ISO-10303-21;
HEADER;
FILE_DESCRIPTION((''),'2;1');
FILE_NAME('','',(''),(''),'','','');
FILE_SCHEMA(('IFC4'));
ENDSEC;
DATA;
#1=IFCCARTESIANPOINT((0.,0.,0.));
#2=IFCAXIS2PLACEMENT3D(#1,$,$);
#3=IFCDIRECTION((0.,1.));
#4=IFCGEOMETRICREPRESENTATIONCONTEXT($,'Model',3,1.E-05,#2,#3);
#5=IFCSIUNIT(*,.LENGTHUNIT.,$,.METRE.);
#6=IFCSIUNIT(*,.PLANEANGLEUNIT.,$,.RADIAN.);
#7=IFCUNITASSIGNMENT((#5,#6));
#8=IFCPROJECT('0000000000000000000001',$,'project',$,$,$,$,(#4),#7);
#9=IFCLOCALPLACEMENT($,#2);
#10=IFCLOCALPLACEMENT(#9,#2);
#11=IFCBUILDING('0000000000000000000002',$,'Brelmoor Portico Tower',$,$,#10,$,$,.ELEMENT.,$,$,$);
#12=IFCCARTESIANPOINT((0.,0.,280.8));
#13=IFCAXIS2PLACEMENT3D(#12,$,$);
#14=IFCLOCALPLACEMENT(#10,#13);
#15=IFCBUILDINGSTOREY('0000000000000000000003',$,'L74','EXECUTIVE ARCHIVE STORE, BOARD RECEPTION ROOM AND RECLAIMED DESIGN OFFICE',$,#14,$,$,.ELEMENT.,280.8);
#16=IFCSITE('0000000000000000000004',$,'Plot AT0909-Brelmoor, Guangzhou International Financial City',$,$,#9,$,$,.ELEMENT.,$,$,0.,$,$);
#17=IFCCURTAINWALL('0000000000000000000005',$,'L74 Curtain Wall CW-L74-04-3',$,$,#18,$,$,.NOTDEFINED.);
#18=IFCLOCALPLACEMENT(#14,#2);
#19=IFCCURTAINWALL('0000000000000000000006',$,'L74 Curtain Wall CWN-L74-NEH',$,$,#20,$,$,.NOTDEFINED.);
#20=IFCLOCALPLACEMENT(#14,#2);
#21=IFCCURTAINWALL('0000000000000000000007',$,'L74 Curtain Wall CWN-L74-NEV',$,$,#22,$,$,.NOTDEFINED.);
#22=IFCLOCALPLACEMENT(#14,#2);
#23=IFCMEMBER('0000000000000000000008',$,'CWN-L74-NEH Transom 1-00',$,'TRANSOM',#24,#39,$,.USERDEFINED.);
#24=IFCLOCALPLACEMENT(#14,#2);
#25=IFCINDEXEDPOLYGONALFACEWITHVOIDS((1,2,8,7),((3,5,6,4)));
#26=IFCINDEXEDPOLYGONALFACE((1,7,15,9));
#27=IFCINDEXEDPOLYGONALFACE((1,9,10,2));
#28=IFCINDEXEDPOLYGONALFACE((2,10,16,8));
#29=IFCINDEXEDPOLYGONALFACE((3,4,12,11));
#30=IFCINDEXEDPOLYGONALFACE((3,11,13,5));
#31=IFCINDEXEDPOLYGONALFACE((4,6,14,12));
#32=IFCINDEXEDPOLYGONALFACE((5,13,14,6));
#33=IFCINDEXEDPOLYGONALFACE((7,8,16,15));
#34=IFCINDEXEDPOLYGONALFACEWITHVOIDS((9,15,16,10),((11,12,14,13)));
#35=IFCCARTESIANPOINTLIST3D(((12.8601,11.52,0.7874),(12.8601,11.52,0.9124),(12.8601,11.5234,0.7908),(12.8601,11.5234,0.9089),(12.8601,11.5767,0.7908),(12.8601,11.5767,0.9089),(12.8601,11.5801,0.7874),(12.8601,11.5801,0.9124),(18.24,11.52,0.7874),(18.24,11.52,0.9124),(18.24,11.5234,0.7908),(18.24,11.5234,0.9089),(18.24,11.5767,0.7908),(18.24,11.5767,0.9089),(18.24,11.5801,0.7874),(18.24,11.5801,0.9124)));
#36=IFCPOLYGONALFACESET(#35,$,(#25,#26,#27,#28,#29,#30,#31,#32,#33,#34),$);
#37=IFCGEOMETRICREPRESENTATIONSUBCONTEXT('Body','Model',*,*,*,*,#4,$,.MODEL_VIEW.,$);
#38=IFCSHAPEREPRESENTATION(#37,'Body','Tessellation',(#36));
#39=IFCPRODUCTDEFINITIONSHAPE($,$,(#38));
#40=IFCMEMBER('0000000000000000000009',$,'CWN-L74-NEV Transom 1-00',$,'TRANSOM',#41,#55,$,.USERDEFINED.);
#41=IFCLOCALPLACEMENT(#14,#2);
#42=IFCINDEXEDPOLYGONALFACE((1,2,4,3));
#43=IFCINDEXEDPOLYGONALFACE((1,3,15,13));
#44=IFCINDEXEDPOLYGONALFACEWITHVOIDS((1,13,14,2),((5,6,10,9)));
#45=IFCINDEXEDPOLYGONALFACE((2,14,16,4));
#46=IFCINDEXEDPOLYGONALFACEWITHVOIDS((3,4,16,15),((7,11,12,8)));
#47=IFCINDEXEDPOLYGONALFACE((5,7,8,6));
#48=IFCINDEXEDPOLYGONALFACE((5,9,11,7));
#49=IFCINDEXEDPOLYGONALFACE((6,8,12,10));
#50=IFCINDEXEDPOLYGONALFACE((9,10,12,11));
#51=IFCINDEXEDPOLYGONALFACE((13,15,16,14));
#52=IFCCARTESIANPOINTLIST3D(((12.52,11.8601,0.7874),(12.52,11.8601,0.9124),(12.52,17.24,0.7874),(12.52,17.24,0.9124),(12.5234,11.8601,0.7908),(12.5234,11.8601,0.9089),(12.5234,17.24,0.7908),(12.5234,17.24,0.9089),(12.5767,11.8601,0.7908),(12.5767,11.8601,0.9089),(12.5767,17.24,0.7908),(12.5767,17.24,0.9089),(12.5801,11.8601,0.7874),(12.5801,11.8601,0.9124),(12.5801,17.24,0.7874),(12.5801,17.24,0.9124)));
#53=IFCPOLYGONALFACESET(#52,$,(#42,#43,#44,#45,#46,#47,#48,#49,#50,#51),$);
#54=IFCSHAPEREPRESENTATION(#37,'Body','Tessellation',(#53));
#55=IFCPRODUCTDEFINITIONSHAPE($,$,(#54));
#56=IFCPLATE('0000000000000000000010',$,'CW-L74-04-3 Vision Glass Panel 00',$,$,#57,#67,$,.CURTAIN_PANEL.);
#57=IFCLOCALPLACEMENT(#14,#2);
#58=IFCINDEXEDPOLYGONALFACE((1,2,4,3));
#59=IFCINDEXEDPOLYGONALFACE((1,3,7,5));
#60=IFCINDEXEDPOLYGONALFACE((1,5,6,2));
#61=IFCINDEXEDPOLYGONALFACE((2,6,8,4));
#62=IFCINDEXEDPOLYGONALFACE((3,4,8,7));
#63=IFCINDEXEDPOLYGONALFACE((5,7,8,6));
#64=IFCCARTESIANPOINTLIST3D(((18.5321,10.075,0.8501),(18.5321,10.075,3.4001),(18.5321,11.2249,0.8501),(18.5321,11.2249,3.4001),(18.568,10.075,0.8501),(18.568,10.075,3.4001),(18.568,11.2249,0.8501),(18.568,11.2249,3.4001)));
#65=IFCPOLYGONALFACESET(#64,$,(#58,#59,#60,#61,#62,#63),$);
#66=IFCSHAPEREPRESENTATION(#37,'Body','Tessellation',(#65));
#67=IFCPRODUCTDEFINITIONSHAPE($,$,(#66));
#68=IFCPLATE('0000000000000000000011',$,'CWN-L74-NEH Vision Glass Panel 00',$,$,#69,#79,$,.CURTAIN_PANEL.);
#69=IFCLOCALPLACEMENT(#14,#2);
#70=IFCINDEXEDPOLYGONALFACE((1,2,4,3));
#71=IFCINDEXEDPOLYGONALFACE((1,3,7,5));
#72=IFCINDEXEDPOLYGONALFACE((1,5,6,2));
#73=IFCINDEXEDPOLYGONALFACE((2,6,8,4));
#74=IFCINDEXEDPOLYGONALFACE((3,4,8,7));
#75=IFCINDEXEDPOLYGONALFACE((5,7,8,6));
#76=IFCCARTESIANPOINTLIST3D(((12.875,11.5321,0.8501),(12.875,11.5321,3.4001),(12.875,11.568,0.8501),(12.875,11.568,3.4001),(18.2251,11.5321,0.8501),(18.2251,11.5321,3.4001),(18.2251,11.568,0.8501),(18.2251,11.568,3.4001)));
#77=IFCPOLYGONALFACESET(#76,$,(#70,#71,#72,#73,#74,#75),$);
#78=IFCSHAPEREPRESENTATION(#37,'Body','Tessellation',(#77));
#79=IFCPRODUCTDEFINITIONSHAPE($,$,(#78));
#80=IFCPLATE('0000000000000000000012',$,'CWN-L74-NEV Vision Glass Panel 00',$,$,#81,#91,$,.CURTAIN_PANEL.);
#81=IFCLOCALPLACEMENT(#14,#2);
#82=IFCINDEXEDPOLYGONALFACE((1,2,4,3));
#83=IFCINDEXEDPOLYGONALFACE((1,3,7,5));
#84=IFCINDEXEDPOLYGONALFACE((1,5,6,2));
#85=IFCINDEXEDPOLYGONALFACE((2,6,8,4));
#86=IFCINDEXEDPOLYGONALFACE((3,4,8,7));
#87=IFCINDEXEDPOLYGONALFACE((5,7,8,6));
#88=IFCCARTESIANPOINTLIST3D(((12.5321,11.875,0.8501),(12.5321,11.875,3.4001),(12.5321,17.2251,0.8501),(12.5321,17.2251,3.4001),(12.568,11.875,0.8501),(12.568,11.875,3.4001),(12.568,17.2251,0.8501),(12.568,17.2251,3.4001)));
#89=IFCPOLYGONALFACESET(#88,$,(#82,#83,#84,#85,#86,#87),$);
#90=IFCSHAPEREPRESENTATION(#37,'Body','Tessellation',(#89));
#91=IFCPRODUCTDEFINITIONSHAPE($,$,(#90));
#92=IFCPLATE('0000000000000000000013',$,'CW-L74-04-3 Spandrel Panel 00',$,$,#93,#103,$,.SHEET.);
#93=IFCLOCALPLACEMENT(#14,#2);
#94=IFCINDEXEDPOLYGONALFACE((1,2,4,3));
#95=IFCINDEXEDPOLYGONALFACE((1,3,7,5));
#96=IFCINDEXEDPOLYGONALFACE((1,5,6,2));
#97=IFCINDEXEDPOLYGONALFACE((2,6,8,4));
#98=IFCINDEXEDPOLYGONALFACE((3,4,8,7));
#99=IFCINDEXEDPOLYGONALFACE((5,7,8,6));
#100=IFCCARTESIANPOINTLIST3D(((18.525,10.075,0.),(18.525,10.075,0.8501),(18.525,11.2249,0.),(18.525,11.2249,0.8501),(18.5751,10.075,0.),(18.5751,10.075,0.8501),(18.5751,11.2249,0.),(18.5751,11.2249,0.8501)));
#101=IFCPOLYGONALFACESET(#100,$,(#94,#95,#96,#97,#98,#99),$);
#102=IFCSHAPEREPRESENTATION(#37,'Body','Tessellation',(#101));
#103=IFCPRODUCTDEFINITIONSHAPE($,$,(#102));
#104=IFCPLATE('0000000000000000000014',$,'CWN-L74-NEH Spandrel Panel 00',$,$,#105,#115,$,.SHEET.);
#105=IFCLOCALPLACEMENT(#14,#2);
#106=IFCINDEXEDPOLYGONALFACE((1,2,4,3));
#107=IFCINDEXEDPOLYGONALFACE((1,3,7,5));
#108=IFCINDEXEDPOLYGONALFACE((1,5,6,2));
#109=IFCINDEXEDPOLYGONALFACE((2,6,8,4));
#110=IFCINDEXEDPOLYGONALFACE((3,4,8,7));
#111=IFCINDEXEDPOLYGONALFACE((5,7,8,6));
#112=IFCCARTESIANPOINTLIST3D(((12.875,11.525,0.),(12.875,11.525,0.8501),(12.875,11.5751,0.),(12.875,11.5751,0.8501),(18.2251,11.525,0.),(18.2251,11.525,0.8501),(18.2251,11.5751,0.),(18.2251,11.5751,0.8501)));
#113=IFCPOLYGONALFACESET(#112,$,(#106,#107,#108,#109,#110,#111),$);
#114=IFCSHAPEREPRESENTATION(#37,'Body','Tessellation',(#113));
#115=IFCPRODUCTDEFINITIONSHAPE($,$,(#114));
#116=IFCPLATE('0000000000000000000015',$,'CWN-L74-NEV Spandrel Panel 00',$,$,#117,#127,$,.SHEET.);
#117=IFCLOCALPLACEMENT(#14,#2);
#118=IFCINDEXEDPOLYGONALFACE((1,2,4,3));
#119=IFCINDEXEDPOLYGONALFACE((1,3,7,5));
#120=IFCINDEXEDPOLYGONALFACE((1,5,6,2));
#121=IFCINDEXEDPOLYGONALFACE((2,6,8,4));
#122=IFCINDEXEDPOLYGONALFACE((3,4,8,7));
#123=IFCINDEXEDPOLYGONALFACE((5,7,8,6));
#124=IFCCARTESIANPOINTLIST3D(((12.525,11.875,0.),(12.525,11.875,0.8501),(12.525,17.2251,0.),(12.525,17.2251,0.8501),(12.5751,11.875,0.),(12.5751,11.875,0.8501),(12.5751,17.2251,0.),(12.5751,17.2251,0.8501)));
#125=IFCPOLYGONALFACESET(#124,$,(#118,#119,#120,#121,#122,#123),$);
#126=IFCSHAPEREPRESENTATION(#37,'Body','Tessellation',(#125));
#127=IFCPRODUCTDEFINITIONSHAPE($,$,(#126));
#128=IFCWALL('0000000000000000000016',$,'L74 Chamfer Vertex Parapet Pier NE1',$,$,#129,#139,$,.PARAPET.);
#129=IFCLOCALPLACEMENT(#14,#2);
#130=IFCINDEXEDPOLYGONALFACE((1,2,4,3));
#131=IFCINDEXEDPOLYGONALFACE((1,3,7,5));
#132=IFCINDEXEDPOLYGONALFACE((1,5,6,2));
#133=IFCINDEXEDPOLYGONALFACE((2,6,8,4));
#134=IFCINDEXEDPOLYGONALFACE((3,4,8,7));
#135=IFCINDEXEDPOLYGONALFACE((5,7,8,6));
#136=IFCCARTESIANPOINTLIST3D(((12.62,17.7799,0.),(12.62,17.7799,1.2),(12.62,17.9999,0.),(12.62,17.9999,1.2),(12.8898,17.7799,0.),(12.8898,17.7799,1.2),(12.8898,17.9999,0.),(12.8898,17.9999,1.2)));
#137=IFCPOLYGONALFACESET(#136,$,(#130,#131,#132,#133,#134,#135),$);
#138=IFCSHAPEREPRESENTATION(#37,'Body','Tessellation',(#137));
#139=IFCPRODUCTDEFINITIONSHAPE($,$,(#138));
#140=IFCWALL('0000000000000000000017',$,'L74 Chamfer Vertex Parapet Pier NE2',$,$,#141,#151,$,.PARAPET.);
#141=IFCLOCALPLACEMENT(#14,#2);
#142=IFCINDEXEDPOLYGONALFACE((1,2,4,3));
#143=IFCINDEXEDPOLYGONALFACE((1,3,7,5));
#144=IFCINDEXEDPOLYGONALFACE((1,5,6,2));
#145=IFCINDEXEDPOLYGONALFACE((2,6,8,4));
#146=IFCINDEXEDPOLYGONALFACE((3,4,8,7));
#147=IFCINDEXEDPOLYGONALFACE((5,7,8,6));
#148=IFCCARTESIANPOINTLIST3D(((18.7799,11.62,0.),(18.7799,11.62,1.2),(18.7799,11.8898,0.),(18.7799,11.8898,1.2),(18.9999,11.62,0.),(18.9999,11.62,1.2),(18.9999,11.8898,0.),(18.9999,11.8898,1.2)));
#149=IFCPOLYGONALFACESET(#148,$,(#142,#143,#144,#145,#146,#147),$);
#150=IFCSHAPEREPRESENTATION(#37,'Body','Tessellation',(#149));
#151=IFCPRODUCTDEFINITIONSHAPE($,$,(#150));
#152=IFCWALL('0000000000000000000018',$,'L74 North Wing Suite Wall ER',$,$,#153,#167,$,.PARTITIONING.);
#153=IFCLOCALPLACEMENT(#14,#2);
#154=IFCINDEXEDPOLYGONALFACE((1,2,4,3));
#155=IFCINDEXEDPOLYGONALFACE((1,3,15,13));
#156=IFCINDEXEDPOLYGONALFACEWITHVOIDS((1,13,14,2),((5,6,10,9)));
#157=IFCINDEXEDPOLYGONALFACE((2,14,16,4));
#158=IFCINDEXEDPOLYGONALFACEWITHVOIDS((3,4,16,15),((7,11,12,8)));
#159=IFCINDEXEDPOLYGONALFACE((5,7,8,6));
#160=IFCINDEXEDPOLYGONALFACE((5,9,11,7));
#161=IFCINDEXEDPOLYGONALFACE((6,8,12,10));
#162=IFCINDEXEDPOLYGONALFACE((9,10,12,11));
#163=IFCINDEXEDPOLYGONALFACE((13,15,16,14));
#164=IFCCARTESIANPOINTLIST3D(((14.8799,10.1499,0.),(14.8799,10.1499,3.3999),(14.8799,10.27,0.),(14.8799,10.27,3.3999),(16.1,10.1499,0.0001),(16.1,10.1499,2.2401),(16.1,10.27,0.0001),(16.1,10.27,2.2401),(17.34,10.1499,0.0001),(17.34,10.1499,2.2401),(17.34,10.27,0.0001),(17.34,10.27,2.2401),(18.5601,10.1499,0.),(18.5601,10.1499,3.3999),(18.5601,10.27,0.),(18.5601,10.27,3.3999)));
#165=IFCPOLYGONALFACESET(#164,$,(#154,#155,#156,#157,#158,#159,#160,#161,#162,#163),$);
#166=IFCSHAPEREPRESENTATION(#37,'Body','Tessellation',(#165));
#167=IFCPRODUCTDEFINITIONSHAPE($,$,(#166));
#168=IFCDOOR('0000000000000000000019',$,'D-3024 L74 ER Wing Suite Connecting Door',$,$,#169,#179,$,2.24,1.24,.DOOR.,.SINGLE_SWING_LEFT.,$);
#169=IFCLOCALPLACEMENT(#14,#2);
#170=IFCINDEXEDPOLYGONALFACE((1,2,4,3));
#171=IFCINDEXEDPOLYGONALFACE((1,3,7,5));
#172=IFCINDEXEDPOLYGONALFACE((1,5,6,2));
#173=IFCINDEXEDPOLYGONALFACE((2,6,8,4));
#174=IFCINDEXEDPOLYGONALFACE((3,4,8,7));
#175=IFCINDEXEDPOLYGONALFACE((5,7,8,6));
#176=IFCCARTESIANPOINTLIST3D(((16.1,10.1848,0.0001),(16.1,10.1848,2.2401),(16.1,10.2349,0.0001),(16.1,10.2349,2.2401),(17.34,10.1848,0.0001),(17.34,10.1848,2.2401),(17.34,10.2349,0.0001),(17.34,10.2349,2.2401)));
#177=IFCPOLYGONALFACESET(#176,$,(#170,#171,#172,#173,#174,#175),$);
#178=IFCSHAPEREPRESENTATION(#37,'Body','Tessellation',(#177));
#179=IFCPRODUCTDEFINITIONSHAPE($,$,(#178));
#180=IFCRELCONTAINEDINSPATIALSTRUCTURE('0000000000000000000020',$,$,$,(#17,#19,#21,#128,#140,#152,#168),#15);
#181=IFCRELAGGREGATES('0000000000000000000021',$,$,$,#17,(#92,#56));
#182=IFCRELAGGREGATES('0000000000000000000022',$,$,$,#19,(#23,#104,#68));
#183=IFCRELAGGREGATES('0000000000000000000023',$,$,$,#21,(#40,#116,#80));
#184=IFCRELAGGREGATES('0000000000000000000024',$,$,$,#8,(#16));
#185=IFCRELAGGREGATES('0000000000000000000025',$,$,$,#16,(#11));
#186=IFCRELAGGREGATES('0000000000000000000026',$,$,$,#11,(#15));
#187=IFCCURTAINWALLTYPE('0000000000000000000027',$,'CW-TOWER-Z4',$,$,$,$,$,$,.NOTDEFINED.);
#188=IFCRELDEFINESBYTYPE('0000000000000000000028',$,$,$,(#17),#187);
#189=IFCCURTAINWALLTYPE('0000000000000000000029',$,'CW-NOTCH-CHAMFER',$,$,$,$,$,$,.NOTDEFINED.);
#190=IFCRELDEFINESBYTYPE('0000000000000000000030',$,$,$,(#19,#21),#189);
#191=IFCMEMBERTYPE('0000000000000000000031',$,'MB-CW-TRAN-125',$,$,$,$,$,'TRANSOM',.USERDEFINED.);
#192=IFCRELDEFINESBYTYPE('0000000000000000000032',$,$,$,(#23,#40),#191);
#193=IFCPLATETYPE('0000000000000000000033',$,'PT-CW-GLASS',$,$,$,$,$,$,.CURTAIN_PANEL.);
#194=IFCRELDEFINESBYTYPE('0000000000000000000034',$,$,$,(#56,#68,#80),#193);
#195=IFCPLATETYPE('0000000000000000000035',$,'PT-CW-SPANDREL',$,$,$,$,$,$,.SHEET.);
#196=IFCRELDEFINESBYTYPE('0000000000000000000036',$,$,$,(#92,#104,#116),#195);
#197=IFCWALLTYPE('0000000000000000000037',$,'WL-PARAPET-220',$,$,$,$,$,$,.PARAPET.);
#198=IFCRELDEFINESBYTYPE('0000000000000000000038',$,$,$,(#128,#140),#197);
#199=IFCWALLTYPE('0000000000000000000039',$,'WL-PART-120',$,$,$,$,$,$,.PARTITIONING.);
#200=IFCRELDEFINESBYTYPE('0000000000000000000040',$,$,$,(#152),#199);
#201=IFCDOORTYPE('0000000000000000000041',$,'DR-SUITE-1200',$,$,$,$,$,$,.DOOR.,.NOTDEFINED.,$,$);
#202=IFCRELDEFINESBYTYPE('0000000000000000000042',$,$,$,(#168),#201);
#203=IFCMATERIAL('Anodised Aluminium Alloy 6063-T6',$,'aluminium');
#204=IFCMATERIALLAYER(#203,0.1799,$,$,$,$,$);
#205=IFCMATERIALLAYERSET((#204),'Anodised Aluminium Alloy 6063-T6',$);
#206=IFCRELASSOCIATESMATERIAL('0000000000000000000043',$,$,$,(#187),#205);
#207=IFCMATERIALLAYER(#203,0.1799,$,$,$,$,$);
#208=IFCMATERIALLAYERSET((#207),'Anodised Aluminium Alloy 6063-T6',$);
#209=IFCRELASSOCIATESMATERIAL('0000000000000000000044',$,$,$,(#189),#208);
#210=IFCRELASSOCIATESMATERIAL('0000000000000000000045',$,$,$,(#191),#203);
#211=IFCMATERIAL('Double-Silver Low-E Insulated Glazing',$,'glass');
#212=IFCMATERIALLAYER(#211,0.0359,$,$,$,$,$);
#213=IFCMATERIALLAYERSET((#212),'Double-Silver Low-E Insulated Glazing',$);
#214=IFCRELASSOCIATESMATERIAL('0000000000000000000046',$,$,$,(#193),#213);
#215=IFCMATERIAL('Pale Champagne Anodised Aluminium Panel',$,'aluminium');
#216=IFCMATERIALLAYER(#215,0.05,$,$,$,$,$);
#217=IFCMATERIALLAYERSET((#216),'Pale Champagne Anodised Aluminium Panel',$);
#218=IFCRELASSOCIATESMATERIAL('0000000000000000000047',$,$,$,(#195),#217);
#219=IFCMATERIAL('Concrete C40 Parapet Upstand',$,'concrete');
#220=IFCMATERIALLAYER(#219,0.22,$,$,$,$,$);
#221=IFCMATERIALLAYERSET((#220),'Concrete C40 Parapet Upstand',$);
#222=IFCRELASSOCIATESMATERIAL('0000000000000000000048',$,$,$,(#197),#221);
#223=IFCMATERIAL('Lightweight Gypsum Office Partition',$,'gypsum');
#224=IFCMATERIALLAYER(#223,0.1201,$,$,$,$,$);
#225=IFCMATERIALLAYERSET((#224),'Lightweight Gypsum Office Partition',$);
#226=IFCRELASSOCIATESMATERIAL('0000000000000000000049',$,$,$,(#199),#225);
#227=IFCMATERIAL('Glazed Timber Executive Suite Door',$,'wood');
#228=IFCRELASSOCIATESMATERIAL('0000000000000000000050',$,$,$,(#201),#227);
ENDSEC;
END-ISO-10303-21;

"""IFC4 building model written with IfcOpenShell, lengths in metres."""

from ifc_helpers import new_model, si_unit, direction, frame, frame_2d, origin, origin_2d, place, context, subcontext, project, spatial, rectangle, hollow_rectangle, extrude, material, layer, layer_set, material_profile, profile_set, type_object, element, fill, aggregate, save


model = new_model("IFC4")

# Units and contexts
model_context = context("Model", 3, precision=1e-05, world=origin(), true_north=direction((0.0, 1.0)))
body_context = subcontext(model_context, "Body", "Model", "MODEL_VIEW")
ifc_project = project(units=[si_unit("LENGTHUNIT", "METRE"), si_unit("PLANEANGLEUNIT", "RADIAN")], contexts=[model_context])

# Site, building, storey
site_placement = place(None, origin())
site = spatial("IfcSite", under=ifc_project, at=site_placement, Name="Plot AT0909-Brelmoor, Guangzhou International Financial City", CompositionType="ELEMENT", RefElevation=0.0)
building_placement = place(site_placement, origin())
building = spatial("IfcBuilding", under=site, at=building_placement, Name="Brelmoor Portico Tower", CompositionType="ELEMENT")
storey_placement = place(building_placement, frame((0.0, 0.0, 280.8)))
storey = spatial("IfcBuildingStorey", under=building, at=storey_placement, Name="L74", Description="EXECUTIVE ARCHIVE STORE, BOARD RECEPTION ROOM AND RECLAIMED DESIGN OFFICE", CompositionType="ELEMENT", Elevation=280.8)

# Curtain walls
ifc_material_1 = material(Name="Anodised Aluminium Alloy 6063-T6", Category="aluminium")
ifc_layer_1 = layer(ifc_material_1, 0.1799)
ifc_layer_set_1 = layer_set([ifc_layer_1], Name="Anodised Aluminium Alloy 6063-T6")
curtain_wall_type_1 = type_object("IfcCurtainWallType", Name="CW-TOWER-Z4", PredefinedType="NOTDEFINED", material=ifc_layer_set_1)
curtain_wall_1_placement = place(storey_placement, origin())
curtain_wall_1 = element("IfcCurtainWall", 1, at=curtain_wall_1_placement, inside=storey, type_object=curtain_wall_type_1, Name="L74 Curtain Wall CW-L74-04-3", PredefinedType="NOTDEFINED")
ifc_layer_2 = layer(ifc_material_1, 0.1799)
ifc_layer_set_2 = layer_set([ifc_layer_2], Name="Anodised Aluminium Alloy 6063-T6")
curtain_wall_type_2 = type_object("IfcCurtainWallType", Name="CW-NOTCH-CHAMFER", PredefinedType="NOTDEFINED", material=ifc_layer_set_2)
curtain_wall_2_placement = place(storey_placement, origin())
curtain_wall_2 = element("IfcCurtainWall", 2, at=curtain_wall_2_placement, inside=storey, type_object=curtain_wall_type_2, Name="L74 Curtain Wall CWN-L74-NEH", PredefinedType="NOTDEFINED")
curtain_wall_3_placement = place(storey_placement, origin())
curtain_wall_3 = element("IfcCurtainWall", 3, at=curtain_wall_3_placement, inside=storey, type_object=curtain_wall_type_2, Name="L74 Curtain Wall CWN-L74-NEV", PredefinedType="NOTDEFINED")

# Members
ifc_material_profile_1 = material_profile(ifc_material_1, hollow_rectangle(XDim=0.0601, YDim=0.125, WallThickness=0.0034, at=origin_2d()), Name="ALU TRANSOM 60x125")
ifc_profile_set_1 = profile_set([ifc_material_profile_1], Name="Anodised Aluminium Alloy 6063-T6")
member_type_1 = type_object("IfcMemberType", Name="MB-CW-TRAN-125", ElementType="TRANSOM", PredefinedType="USERDEFINED", material=ifc_profile_set_1)
member_1_placement = place(storey_placement, frame((12.8601, 11.55, 0.8499), z_axis=(1.0, 0.0, 0.0), x_axis=(0.0, 1.0, 0.0)))
member_1 = element("IfcMember", 4, at=member_1_placement, type_object=member_type_1, Name="CWN-L74-NEH Transom 1-00", ObjectType="TRANSOM", PredefinedType="USERDEFINED", context=body_context, shape_type="SweptSolid", body=[
    extrude(hollow_rectangle(XDim=0.0601, YDim=0.125, WallThickness=0.0034, at=origin_2d()), origin(), (0.0, 0.0, 1.0), 5.3799),
])
member_2_placement = place(storey_placement, frame((12.55, 11.8601, 0.8499), z_axis=(0.0, 1.0, 0.0), x_axis=(-1.0, 0.0, 0.0)))
member_2 = element("IfcMember", 5, at=member_2_placement, type_object=member_type_1, Name="CWN-L74-NEV Transom 1-00", ObjectType="TRANSOM", PredefinedType="USERDEFINED", context=body_context, shape_type="SweptSolid", body=[
    extrude(hollow_rectangle(XDim=0.0601, YDim=0.125, WallThickness=0.0034, at=origin_2d()), origin(), (0.0, 0.0, 1.0), 5.3799),
])

# Plates
ifc_material_2 = material(Name="Double-Silver Low-E Insulated Glazing", Category="glass")
ifc_layer_3 = layer(ifc_material_2, 0.0359)
ifc_layer_set_3 = layer_set([ifc_layer_3], Name="Double-Silver Low-E Insulated Glazing")
plate_type_1 = type_object("IfcPlateType", Name="PT-CW-GLASS", PredefinedType="CURTAIN_PANEL", material=ifc_layer_set_3)
plate_1_placement = place(storey_placement, frame((18.55, 10.6499, 0.8501), z_axis=(0.0, 0.0, 1.0), x_axis=(0.0, 1.0, 0.0)))
plate_1 = element("IfcPlate", 6, at=plate_1_placement, type_object=plate_type_1, Name="CW-L74-04-3 Vision Glass Panel 00", PredefinedType="CURTAIN_PANEL", context=body_context, shape_type="SweptSolid", body=[
    extrude(rectangle(XDim=1.1499, YDim=0.0359, at=origin_2d()), origin(), (0.0, 0.0, 1.0), 2.55),
])
plate_2_placement = place(storey_placement, frame((15.55, 11.55, 0.8501), z_axis=(0.0, 0.0, 1.0), x_axis=(1.0, 0.0, 0.0)))
plate_2 = element("IfcPlate", 7, at=plate_2_placement, type_object=plate_type_1, Name="CWN-L74-NEH Vision Glass Panel 00", PredefinedType="CURTAIN_PANEL", context=body_context, shape_type="SweptSolid", body=[
    extrude(rectangle(XDim=5.3501, YDim=0.0359, at=origin_2d()), origin(), (0.0, 0.0, 1.0), 2.55),
])
plate_3_placement = place(storey_placement, frame((12.55, 14.55, 0.8501), z_axis=(0.0, 0.0, 1.0), x_axis=(0.0, 1.0, 0.0)))
plate_3 = element("IfcPlate", 8, at=plate_3_placement, type_object=plate_type_1, Name="CWN-L74-NEV Vision Glass Panel 00", PredefinedType="CURTAIN_PANEL", context=body_context, shape_type="SweptSolid", body=[
    extrude(rectangle(XDim=5.3501, YDim=0.0359, at=origin_2d()), origin(), (0.0, 0.0, 1.0), 2.55),
])
ifc_material_3 = material(Name="Pale Champagne Anodised Aluminium Panel", Category="aluminium")
ifc_layer_4 = layer(ifc_material_3, 0.05)
ifc_layer_set_4 = layer_set([ifc_layer_4], Name="Pale Champagne Anodised Aluminium Panel")
plate_type_2 = type_object("IfcPlateType", Name="PT-CW-SPANDREL", PredefinedType="SHEET", material=ifc_layer_set_4)
plate_4_placement = place(storey_placement, frame((18.55, 10.6499, 0.0), z_axis=(0.0, 0.0, 1.0), x_axis=(0.0, 1.0, 0.0)))
plate_4 = element("IfcPlate", 9, at=plate_4_placement, type_object=plate_type_2, Name="CW-L74-04-3 Spandrel Panel 00", PredefinedType="SHEET", context=body_context, shape_type="SweptSolid", body=[
    extrude(rectangle(XDim=1.1499, YDim=0.05, at=origin_2d()), origin(), (0.0, 0.0, 1.0), 0.8501),
])
aggregate(curtain_wall_1, [plate_4, plate_1])
plate_5_placement = place(storey_placement, frame((15.55, 11.55, 0.0), z_axis=(0.0, 0.0, 1.0), x_axis=(1.0, 0.0, 0.0)))
plate_5 = element("IfcPlate", 10, at=plate_5_placement, type_object=plate_type_2, Name="CWN-L74-NEH Spandrel Panel 00", PredefinedType="SHEET", context=body_context, shape_type="SweptSolid", body=[
    extrude(rectangle(XDim=5.3501, YDim=0.05, at=origin_2d()), origin(), (0.0, 0.0, 1.0), 0.8501),
])
aggregate(curtain_wall_2, [member_1, plate_5, plate_2])
plate_6_placement = place(storey_placement, frame((12.55, 14.55, 0.0), z_axis=(0.0, 0.0, 1.0), x_axis=(0.0, 1.0, 0.0)))
plate_6 = element("IfcPlate", 11, at=plate_6_placement, type_object=plate_type_2, Name="CWN-L74-NEV Spandrel Panel 00", PredefinedType="SHEET", context=body_context, shape_type="SweptSolid", body=[
    extrude(rectangle(XDim=5.3501, YDim=0.05, at=origin_2d()), origin(), (0.0, 0.0, 1.0), 0.8501),
])
aggregate(curtain_wall_3, [member_2, plate_6, plate_3])

# Walls
ifc_material_4 = material(Name="Concrete C40 Parapet Upstand", Category="concrete")
ifc_layer_5 = layer(ifc_material_4, 0.22)
ifc_layer_set_5 = layer_set([ifc_layer_5], Name="Concrete C40 Parapet Upstand")
wall_type_1 = type_object("IfcWallType", Name="WL-PARAPET-220", PredefinedType="PARAPET", material=ifc_layer_set_5)
for number, where, z_axis, x_axis, name in (
    (12, (12.6201, 17.8899, 0.0), (0.0, 0.0, 1.0), (1.0, 0.0, 0.0), "L74 Chamfer Vertex Parapet Pier NE1"),
    (13, (18.8899, 11.6201, 0.0), (0.0, 0.0, 1.0), (0.0, 1.0, 0.0), "L74 Chamfer Vertex Parapet Pier NE2"),
):
    element("IfcWall", number, at=place(storey_placement, frame(where, z_axis=z_axis, x_axis=x_axis)), inside=storey, type_object=wall_type_1, Name=name, PredefinedType="PARAPET", context=body_context, shape_type="SweptSolid", body=[
        extrude(rectangle(XDim=0.2698, YDim=0.22, at=frame_2d((0.1348, 0.0))), origin(), (0.0, 0.0, 1.0), 1.2),
    ])

# Wall, opening, door
ifc_material_5 = material(Name="Lightweight Gypsum Office Partition", Category="gypsum")
ifc_layer_6 = layer(ifc_material_5, 0.1201)
ifc_layer_set_6 = layer_set([ifc_layer_6], Name="Lightweight Gypsum Office Partition")
wall_type_2 = type_object("IfcWallType", Name="WL-PART-120", PredefinedType="PARTITIONING", material=ifc_layer_set_6)
wall_placement = place(storey_placement, frame((14.8799, 10.21, 0.0), z_axis=(0.0, 0.0, 1.0), x_axis=(1.0, 0.0, 0.0)))
wall = element("IfcWall", 14, at=wall_placement, inside=storey, type_object=wall_type_2, Name="L74 North Wing Suite Wall ER", PredefinedType="PARTITIONING", context=body_context, shape_type="SweptSolid", body=[
    extrude(rectangle(XDim=3.6802, YDim=0.1201, at=frame_2d((1.8401, 0.0))), origin(), (0.0, 0.0, 1.0), 3.3999),
])
opening_placement = place(wall_placement, frame((1.22, 0.0, 0.0)))
opening = element("IfcOpeningElement", 15, at=opening_placement, cuts=wall, PredefinedType="OPENING", context=body_context, shape_type="SweptSolid", body=[
    extrude(rectangle(XDim=1.24, YDim=2.24, at=frame_2d((0.6201, 1.1201))), frame((0.0, 0.0701, 0.0), z_axis=(0.0, -1.0, 0.0), x_axis=(1.0, 0.0, 0.0)), (0.0, 0.0, 1.0), 0.1401),
])
ifc_material_6 = material(Name="Glazed Timber Executive Suite Door", Category="wood")
door_type = type_object("IfcDoorType", Name="DR-SUITE-1200", OperationType="NOTDEFINED", PredefinedType="DOOR", material=ifc_material_6)
door_placement = place(opening_placement, origin())
door = element("IfcDoor", 16, at=door_placement, inside=storey, type_object=door_type, Name="D-3024 L74 ER Wing Suite Connecting Door", OperationType="SINGLE_SWING_LEFT", OverallHeight=2.24, OverallWidth=1.24, PredefinedType="DOOR", context=body_context, shape_type="SweptSolid", body=[
    extrude(rectangle(XDim=1.24, YDim=2.24, at=frame_2d((0.6201, 1.1201))), frame((0.0, 0.0249, 0.0), z_axis=(0.0, -1.0, 0.0), x_axis=(1.0, 0.0, 0.0)), (0.0, 0.0, 1.0), 0.05),
])
fill(opening, door)

save(model, "model.ifc")
